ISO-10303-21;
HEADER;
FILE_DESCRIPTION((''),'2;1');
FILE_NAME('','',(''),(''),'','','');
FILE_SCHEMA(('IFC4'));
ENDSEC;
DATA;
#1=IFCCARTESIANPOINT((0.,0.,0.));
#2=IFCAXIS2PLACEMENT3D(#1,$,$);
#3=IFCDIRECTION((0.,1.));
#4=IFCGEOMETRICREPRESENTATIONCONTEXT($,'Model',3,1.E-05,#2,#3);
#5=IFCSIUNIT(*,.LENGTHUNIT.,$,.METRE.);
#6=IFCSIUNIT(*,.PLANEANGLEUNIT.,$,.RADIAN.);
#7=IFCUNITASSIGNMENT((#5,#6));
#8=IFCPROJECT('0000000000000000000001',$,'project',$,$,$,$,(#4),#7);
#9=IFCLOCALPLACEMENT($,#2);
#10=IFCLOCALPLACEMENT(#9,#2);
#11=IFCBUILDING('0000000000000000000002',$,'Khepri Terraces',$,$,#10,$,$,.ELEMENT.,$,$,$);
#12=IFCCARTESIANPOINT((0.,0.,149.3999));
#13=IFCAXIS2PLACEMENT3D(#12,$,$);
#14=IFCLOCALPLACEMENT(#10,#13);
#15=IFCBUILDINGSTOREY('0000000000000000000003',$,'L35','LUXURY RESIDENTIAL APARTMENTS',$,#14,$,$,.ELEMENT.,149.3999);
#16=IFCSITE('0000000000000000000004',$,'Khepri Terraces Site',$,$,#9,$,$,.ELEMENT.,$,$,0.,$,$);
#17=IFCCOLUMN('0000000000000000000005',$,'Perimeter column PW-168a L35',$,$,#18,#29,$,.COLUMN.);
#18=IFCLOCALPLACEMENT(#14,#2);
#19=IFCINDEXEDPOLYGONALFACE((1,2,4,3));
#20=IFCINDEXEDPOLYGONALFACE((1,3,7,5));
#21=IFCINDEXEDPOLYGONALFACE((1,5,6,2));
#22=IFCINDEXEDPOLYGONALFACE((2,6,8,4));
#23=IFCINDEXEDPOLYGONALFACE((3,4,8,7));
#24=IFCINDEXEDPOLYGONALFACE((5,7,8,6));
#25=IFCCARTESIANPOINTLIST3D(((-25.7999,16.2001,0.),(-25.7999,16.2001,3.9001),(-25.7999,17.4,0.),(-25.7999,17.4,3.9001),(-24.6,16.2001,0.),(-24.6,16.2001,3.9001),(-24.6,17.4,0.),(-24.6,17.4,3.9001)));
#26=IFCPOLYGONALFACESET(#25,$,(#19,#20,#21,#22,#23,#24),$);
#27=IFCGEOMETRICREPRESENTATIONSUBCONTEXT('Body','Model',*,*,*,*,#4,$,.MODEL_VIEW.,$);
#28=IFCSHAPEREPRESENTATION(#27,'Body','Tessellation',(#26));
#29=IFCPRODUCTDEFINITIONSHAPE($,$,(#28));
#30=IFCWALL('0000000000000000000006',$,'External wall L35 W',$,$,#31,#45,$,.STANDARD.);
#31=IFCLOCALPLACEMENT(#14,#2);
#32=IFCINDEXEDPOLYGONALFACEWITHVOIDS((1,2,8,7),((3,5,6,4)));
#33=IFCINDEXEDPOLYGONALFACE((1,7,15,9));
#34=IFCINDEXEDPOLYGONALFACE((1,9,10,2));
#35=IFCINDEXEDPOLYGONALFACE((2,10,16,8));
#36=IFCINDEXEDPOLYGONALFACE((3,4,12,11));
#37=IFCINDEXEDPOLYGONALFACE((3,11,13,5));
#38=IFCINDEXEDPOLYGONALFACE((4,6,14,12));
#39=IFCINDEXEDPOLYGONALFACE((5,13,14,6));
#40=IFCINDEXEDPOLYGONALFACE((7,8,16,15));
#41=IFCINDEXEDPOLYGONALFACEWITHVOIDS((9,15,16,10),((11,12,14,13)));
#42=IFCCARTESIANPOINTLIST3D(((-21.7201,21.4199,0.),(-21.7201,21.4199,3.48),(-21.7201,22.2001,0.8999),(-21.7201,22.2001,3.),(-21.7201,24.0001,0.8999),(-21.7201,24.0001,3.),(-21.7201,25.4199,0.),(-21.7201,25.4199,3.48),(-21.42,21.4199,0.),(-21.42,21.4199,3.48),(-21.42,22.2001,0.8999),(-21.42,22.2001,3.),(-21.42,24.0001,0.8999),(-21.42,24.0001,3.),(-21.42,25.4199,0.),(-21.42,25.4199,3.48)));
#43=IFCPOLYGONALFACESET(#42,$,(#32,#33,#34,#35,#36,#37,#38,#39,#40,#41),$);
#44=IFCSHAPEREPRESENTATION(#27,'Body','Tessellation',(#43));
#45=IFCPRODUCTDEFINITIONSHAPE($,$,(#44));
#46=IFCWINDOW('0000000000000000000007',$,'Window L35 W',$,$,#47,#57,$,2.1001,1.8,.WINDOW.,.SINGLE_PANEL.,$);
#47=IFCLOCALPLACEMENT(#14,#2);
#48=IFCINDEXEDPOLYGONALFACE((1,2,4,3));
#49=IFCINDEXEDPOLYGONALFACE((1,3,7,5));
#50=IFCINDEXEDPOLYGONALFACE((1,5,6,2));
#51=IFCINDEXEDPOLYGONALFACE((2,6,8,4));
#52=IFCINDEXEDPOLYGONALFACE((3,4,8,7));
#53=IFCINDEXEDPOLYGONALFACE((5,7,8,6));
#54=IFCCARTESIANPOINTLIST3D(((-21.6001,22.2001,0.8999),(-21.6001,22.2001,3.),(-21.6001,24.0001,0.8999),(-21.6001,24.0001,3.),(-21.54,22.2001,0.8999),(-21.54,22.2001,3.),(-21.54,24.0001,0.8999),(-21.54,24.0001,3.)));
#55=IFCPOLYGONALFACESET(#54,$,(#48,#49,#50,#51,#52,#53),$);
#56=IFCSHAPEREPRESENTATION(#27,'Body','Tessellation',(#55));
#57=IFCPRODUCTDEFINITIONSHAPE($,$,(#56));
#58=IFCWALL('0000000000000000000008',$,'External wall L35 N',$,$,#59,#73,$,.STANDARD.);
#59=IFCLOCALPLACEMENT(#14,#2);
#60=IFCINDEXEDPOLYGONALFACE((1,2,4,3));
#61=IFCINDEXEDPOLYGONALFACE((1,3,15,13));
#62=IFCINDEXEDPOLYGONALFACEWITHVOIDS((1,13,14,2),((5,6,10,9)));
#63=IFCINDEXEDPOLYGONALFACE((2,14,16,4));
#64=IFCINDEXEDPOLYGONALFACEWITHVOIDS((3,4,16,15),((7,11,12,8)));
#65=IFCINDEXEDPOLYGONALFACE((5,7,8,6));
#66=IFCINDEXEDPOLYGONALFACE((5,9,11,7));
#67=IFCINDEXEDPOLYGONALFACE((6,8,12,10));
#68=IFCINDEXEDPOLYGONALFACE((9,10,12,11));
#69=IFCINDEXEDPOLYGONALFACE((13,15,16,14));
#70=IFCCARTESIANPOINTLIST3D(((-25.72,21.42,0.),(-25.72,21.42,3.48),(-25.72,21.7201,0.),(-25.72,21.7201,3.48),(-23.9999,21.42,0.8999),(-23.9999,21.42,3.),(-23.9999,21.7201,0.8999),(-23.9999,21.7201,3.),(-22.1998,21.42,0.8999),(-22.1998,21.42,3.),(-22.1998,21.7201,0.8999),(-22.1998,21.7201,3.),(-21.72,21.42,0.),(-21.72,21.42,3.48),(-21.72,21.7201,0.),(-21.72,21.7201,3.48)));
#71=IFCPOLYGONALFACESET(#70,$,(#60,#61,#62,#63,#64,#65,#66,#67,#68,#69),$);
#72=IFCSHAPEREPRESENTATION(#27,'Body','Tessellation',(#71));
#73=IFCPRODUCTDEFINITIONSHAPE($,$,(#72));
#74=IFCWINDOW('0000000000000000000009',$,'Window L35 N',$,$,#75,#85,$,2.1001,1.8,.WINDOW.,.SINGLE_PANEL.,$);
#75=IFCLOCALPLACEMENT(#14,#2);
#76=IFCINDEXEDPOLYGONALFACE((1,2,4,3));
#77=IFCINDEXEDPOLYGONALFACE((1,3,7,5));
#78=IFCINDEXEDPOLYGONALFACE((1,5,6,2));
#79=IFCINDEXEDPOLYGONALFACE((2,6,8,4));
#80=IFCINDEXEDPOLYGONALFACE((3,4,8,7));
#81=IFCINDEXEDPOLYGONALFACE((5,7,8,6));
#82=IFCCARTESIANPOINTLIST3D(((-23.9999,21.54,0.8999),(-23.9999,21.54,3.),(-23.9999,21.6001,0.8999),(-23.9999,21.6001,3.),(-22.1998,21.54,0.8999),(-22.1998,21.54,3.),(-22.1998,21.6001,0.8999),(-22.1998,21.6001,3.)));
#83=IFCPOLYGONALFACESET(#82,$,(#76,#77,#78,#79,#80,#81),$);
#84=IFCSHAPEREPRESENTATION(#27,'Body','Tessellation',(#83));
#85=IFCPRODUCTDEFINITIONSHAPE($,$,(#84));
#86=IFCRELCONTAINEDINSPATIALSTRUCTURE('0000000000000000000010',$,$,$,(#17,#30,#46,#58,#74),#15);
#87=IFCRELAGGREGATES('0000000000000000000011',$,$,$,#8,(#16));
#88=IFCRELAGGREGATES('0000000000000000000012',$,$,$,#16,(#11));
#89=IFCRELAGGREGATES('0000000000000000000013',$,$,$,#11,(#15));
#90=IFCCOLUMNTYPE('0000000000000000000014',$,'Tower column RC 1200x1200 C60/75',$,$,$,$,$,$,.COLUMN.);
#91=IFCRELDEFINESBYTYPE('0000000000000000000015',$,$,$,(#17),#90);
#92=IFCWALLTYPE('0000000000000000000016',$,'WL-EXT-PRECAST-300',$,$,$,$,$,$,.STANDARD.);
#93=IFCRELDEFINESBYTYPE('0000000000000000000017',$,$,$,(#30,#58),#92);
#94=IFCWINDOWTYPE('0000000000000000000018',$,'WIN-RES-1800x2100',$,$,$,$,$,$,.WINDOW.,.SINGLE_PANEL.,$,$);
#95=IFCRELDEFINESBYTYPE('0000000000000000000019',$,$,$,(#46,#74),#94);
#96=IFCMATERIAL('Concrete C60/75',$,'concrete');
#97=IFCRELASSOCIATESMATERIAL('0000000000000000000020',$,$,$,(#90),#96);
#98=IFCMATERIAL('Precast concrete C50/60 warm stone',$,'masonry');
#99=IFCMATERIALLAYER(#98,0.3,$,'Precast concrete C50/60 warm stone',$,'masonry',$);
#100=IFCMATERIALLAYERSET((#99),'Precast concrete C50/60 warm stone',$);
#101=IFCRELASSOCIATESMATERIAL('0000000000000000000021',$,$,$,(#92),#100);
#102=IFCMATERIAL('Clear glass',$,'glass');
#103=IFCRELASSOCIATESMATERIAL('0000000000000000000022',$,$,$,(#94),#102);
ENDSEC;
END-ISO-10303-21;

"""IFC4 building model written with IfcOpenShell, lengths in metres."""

from ifc_helpers import new_model, si_unit, direction, frame, frame_2d, origin, origin_2d, place, context, subcontext, project, spatial, rectangle, extrude, material, layer, layer_set, material_profile, profile_set, type_object, element, fill, save


model = new_model("IFC4")

# Units and contexts
model_context = context("Model", 3, precision=1e-05, world=origin(), true_north=direction((0.0, 1.0)))
body_context = subcontext(model_context, "Body", "Model", "MODEL_VIEW")
ifc_project = project(units=[si_unit("LENGTHUNIT", "METRE"), si_unit("PLANEANGLEUNIT", "RADIAN")], contexts=[model_context])

# Site, building, storey
site_placement = place(None, origin())
site = spatial("IfcSite", under=ifc_project, at=site_placement, Name="Khepri Terraces Site", CompositionType="ELEMENT", RefElevation=0.0)
building_placement = place(site_placement, origin())
building = spatial("IfcBuilding", under=site, at=building_placement, Name="Khepri Terraces", CompositionType="ELEMENT")
storey_placement = place(building_placement, frame((0.0, 0.0, 149.3999)))
storey = spatial("IfcBuildingStorey", under=building, at=storey_placement, Name="L35", Description="LUXURY RESIDENTIAL APARTMENTS", CompositionType="ELEMENT", Elevation=149.3999)

# Column
ifc_material_1 = material(Name="Concrete C60/75", Category="concrete")
ifc_material_profile = material_profile(ifc_material_1, rectangle(XDim=1.2, YDim=1.2, at=origin_2d()), Name="Concrete C60/75", Category="concrete")
ifc_profile_set = profile_set([ifc_material_profile], Name="Concrete C60/75")
column_type = type_object("IfcColumnType", Name="Tower column RC 1200x1200 C60/75", PredefinedType="COLUMN", material=ifc_profile_set)
column_placement = place(storey_placement, frame((-25.2, 16.8, 0.0), z_axis=(0.0, 0.0, 1.0), x_axis=(1.0, 0.0, 0.0)))
element("IfcColumn", 1, at=column_placement, inside=storey, type_object=column_type, Name="Perimeter column PW-168a L35", PredefinedType="COLUMN", context=body_context, shape_type="SweptSolid", body=[
    extrude(rectangle(XDim=1.2, YDim=1.2, at=origin_2d()), origin(), (0.0, 0.0, 1.0), 3.9001),
])

# Walls, openings, windows
ifc_material_2 = material(Name="Precast concrete C50/60 warm stone", Category="masonry")
ifc_layer = layer(ifc_material_2, 0.3, Name="Precast concrete C50/60 warm stone", Category="masonry")
ifc_layer_set = layer_set([ifc_layer], Name="Precast concrete C50/60 warm stone")
wall_type = type_object("IfcWallType", Name="WL-EXT-PRECAST-300", PredefinedType="STANDARD", material=ifc_layer_set)
wall_1_placement = place(storey_placement, frame((-21.5701, 25.4199, 0.0), z_axis=(0.0, 0.0, 1.0), x_axis=(0.0, -1.0, 0.0)))
wall_1 = element("IfcWall", 2, at=wall_1_placement, inside=storey, type_object=wall_type, Name="External wall L35 W", PredefinedType="STANDARD", context=body_context, shape_type="SweptSolid", body=[
    extrude(rectangle(XDim=4.0, YDim=0.3, at=frame_2d((2.0, 0.0))), origin(), (0.0, 0.0, 1.0), 3.48),
])
opening_1_placement = place(wall_1_placement, frame((1.4199, 0.0, 0.8999)))
opening_1 = element("IfcOpeningElement", 3, at=opening_1_placement, cuts=wall_1, PredefinedType="OPENING", context=body_context, shape_type="SweptSolid", body=[
    extrude(rectangle(XDim=1.8, YDim=2.1001, at=frame_2d((0.8999, 1.05))), frame((0.0, 0.1602, 0.0), z_axis=(0.0, -1.0, 0.0), x_axis=(1.0, 0.0, 0.0)), (0.0, 0.0, 1.0), 0.3201),
])
ifc_material_3 = material(Name="Clear glass", Category="glass")
window_type = type_object("IfcWindowType", Name="WIN-RES-1800x2100", PartitioningType="SINGLE_PANEL", PredefinedType="WINDOW", material=ifc_material_3)
window_1_placement = place(opening_1_placement, origin())
window_1 = element("IfcWindow", 4, at=window_1_placement, inside=storey, type_object=window_type, Name="Window L35 W", OverallHeight=2.1001, OverallWidth=1.8, PartitioningType="SINGLE_PANEL", PredefinedType="WINDOW", context=body_context, shape_type="SweptSolid", body=[
    extrude(rectangle(XDim=1.8, YDim=2.1001, at=frame_2d((0.8999, 1.05))), frame((0.0, 0.03, 0.0), z_axis=(0.0, -1.0, 0.0), x_axis=(1.0, 0.0, 0.0)), (0.0, 0.0, 1.0), 0.0601),
])
fill(opening_1, window_1)
wall_2_placement = place(storey_placement, frame((-21.72, 21.5701, 0.0), z_axis=(0.0, 0.0, 1.0), x_axis=(-1.0, 0.0, 0.0)))
wall_2 = element("IfcWall", 5, at=wall_2_placement, inside=storey, type_object=wall_type, Name="External wall L35 N", PredefinedType="STANDARD", context=body_context, shape_type="SweptSolid", body=[
    extrude(rectangle(XDim=4.0, YDim=0.3, at=frame_2d((2.0, 0.0))), origin(), (0.0, 0.0, 1.0), 3.48),
])
opening_2_placement = place(wall_2_placement, frame((0.48, 0.0, 0.8999)))
opening_2 = element("IfcOpeningElement", 6, at=opening_2_placement, cuts=wall_2, PredefinedType="OPENING", context=body_context, shape_type="SweptSolid", body=[
    extrude(rectangle(XDim=1.8, YDim=2.1001, at=frame_2d((0.8999, 1.05))), frame((0.0, 0.1602, 0.0), z_axis=(0.0, -1.0, 0.0), x_axis=(1.0, 0.0, 0.0)), (0.0, 0.0, 1.0), 0.3201),
])
window_2_placement = place(opening_2_placement, origin())
window_2 = element("IfcWindow", 7, at=window_2_placement, inside=storey, type_object=window_type, Name="Window L35 N", OverallHeight=2.1001, OverallWidth=1.8, PartitioningType="SINGLE_PANEL", PredefinedType="WINDOW", context=body_context, shape_type="SweptSolid", body=[
    extrude(rectangle(XDim=1.8, YDim=2.1001, at=frame_2d((0.8999, 1.05))), frame((0.0, 0.03, 0.0), z_axis=(0.0, -1.0, 0.0), x_axis=(1.0, 0.0, 0.0)), (0.0, 0.0, 1.0), 0.0601),
])
fill(opening_2, window_2)

save(model, "model.ifc")
